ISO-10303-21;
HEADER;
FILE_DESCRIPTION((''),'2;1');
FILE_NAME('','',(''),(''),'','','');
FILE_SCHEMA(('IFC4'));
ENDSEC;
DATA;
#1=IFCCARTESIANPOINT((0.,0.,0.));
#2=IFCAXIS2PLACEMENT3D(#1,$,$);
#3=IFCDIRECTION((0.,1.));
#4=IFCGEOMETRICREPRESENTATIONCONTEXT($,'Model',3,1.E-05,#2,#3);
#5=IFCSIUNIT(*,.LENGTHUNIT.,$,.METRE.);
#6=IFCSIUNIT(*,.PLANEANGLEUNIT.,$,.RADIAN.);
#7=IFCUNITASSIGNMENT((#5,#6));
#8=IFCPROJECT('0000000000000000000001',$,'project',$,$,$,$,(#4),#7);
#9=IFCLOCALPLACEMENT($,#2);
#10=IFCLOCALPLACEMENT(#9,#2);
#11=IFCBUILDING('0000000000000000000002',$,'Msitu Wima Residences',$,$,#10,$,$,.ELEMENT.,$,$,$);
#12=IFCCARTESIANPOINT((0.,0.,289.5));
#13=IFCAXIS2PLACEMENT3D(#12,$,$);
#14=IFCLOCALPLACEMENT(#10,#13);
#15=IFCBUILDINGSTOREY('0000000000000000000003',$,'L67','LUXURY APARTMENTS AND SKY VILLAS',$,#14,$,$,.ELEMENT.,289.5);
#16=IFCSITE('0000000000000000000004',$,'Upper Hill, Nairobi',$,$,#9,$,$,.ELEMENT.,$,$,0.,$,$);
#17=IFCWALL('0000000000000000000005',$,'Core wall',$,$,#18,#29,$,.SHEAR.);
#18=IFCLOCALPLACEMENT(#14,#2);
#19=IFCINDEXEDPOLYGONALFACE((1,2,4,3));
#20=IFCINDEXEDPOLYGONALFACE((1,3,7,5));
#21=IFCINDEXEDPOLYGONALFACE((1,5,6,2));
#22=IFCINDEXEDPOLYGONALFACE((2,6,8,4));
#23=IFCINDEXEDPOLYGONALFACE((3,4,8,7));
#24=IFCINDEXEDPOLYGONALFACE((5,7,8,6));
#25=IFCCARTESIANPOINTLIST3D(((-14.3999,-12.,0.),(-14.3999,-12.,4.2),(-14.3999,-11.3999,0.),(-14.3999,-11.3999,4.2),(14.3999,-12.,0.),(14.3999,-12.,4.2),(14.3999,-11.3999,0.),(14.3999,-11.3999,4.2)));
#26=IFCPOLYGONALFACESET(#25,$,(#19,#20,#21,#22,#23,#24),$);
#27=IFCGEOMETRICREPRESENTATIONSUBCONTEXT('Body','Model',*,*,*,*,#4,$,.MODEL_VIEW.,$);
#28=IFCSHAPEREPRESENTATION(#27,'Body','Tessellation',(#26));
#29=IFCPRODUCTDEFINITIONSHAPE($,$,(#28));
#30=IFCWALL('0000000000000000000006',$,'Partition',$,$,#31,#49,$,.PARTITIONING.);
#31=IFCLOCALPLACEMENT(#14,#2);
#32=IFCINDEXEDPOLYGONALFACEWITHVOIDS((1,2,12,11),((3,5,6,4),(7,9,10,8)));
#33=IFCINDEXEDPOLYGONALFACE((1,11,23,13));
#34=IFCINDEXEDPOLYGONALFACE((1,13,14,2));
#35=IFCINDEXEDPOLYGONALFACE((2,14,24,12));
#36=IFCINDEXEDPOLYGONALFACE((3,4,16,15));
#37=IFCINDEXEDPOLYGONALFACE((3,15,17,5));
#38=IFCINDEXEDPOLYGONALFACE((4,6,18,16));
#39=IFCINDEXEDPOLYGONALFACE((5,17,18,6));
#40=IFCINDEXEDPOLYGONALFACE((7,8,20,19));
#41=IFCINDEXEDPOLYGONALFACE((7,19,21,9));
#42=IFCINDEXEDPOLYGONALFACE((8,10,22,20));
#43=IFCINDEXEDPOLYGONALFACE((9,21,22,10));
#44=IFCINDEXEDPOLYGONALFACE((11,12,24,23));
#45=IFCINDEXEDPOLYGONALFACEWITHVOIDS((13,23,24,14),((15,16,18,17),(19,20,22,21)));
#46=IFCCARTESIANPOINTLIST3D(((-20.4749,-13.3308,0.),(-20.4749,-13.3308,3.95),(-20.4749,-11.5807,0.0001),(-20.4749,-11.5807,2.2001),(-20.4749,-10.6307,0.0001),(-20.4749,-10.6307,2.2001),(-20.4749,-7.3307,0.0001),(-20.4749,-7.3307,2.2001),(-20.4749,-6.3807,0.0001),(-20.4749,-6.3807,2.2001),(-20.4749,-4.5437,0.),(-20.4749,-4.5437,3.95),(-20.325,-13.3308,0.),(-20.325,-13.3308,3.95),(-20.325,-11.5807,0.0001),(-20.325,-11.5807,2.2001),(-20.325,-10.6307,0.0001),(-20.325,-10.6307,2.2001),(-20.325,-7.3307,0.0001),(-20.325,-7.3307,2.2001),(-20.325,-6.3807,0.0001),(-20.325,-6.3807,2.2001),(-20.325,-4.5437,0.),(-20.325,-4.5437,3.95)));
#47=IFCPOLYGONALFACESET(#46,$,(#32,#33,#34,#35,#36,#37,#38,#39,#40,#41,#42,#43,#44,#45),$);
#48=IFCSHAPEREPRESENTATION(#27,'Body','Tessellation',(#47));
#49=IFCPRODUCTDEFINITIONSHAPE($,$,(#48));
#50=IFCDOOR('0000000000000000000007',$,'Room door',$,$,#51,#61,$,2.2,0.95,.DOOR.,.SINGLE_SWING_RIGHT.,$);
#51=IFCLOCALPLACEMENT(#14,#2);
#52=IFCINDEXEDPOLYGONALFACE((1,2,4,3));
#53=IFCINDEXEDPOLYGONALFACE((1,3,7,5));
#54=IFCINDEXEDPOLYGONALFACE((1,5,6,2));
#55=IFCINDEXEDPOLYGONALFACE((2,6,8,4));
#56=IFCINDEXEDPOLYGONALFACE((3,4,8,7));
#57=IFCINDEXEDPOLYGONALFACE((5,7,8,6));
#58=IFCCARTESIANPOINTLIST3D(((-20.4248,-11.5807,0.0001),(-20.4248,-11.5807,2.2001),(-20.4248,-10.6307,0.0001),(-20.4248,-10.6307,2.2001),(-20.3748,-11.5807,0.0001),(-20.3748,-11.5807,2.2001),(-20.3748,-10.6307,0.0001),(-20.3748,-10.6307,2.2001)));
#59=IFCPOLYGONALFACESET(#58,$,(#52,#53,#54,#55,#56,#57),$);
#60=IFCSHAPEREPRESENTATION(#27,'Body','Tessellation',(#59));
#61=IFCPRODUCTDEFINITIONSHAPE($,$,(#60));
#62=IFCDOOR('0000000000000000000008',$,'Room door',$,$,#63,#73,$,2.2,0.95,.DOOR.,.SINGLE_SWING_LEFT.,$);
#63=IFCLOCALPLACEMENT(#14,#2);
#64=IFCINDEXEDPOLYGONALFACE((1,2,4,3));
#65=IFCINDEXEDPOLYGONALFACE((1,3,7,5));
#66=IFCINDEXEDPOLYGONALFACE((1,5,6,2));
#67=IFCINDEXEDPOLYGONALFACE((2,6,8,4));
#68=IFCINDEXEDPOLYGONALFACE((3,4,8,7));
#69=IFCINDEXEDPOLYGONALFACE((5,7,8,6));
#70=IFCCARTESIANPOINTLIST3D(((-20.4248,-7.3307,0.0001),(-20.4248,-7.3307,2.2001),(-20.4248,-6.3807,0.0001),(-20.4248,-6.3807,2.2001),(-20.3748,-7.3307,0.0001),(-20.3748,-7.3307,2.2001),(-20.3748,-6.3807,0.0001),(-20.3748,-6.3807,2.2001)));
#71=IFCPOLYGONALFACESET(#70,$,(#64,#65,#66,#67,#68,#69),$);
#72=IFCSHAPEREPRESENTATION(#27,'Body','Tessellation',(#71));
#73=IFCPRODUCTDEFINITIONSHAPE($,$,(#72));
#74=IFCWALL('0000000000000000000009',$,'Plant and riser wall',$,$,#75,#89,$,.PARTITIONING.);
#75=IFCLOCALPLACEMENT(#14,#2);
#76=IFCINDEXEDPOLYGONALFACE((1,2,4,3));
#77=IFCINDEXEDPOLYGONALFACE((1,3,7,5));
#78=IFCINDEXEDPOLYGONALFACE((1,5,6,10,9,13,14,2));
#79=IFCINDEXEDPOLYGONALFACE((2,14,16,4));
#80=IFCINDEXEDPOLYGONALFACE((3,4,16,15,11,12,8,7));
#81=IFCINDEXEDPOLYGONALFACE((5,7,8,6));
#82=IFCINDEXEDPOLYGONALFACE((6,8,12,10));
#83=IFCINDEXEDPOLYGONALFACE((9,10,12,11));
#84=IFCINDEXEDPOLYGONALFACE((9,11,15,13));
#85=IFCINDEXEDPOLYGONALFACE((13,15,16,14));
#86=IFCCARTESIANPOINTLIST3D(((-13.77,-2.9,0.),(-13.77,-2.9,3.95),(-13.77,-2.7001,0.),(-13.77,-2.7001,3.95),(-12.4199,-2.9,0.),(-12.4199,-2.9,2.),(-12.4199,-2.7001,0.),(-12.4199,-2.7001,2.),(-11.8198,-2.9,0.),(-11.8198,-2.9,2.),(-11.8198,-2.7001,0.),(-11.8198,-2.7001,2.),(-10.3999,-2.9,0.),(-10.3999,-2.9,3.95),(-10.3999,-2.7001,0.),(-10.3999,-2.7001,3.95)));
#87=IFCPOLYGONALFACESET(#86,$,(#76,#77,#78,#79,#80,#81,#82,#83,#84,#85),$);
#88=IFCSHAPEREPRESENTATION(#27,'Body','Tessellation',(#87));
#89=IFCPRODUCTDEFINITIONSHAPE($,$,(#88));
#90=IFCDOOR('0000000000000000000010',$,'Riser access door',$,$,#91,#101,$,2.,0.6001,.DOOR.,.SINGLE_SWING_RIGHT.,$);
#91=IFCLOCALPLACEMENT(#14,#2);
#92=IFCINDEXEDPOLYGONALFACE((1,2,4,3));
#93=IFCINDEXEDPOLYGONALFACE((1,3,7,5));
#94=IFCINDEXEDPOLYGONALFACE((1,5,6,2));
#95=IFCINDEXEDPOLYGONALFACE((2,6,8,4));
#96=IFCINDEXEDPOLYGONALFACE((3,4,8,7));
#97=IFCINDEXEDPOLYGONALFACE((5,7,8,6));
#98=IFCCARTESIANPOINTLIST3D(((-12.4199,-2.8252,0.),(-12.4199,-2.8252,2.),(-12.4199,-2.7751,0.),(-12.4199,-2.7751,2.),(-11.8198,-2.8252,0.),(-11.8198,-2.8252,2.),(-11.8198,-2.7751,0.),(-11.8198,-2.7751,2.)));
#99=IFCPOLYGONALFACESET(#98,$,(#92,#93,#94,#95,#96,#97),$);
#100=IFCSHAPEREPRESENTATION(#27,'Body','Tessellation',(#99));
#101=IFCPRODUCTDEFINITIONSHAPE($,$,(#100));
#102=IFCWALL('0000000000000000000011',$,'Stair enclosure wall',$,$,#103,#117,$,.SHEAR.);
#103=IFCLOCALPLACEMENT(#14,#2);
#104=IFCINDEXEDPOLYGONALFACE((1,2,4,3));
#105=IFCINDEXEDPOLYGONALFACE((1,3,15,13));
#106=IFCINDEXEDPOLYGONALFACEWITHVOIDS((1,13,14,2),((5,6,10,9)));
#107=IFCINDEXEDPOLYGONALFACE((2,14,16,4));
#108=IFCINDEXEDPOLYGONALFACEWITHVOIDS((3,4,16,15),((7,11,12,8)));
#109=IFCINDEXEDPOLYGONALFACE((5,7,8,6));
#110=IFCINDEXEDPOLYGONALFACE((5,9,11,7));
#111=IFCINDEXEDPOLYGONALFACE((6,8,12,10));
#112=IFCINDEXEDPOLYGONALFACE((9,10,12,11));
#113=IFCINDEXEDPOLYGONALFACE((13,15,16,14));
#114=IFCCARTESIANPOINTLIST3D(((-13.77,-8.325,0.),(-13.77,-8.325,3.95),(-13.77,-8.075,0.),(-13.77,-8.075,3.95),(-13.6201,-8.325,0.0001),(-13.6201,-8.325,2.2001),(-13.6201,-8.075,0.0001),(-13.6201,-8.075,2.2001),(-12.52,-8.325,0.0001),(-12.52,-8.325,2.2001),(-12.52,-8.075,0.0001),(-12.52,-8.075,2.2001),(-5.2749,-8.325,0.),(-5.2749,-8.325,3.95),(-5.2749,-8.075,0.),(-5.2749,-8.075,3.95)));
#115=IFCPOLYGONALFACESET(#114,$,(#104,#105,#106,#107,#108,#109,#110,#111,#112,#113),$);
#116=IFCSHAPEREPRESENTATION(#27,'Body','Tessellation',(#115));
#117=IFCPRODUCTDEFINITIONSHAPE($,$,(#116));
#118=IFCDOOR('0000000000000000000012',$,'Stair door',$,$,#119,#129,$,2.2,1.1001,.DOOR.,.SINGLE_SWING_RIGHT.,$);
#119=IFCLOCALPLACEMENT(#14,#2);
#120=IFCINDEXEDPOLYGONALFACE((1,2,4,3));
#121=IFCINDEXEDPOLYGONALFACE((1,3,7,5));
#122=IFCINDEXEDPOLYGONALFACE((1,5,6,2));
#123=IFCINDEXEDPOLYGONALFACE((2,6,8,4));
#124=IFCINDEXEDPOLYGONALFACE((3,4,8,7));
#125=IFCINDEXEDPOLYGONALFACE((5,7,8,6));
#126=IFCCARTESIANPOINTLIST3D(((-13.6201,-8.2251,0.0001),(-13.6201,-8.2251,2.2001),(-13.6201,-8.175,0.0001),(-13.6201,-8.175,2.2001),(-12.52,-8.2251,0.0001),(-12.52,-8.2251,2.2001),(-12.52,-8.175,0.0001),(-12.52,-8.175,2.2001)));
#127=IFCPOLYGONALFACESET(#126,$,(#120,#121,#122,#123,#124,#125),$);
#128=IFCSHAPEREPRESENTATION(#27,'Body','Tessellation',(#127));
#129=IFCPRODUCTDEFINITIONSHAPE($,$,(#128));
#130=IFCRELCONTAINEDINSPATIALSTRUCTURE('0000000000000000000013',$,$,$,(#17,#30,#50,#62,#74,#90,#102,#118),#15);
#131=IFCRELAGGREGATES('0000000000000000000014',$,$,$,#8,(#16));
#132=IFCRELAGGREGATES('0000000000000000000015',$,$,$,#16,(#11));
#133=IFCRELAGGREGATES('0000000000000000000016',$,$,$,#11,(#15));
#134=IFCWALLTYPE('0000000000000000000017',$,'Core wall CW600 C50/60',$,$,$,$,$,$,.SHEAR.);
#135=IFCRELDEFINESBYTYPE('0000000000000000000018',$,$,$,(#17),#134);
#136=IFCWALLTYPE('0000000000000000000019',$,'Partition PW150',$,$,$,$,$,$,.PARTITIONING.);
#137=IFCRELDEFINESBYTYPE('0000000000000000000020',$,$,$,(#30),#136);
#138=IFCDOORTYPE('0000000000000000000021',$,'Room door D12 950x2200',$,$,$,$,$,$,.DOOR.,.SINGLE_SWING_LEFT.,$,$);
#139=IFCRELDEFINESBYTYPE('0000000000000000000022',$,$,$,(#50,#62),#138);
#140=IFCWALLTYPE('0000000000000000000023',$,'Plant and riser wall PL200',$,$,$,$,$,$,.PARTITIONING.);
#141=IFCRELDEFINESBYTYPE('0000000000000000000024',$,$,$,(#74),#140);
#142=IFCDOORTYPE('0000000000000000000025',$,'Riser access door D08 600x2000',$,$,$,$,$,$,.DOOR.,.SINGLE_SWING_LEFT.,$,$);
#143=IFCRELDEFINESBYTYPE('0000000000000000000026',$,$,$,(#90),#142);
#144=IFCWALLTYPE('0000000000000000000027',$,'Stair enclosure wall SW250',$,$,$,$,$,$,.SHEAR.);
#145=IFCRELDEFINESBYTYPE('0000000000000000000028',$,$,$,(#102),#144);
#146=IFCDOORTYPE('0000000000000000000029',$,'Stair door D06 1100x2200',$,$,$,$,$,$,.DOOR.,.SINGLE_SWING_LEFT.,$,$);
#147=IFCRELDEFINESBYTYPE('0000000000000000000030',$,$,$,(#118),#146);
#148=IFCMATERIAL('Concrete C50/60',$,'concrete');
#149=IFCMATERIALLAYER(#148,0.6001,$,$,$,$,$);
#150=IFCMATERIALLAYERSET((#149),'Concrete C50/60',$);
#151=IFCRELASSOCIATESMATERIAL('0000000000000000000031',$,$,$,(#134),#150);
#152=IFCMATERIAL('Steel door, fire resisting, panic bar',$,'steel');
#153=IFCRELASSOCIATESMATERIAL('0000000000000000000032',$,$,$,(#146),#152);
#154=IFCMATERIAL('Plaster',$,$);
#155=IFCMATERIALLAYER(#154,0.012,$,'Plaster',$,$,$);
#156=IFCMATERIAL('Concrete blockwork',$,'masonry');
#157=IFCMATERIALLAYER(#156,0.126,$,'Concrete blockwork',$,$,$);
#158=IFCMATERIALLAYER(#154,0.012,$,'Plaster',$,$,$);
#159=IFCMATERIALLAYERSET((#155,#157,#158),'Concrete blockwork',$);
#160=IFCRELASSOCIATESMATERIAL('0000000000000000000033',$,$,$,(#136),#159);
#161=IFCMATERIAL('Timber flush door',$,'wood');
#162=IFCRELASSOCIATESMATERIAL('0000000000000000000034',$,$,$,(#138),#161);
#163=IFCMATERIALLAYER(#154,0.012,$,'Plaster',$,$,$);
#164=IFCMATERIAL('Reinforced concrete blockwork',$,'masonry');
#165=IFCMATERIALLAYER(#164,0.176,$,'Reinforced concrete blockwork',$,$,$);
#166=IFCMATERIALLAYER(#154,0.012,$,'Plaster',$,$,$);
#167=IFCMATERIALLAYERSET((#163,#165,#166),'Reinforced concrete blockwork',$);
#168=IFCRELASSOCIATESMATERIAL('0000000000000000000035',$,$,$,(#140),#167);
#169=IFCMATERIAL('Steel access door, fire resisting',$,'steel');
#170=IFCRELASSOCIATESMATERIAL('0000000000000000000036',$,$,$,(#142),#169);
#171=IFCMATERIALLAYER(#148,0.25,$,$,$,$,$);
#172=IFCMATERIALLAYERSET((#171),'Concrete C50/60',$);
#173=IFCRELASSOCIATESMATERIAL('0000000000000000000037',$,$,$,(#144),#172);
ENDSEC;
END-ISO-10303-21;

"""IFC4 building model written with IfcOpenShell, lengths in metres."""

from ifc_helpers import new_model, si_unit, direction, frame, frame_2d, origin, place, context, subcontext, project, spatial, rectangle, extrude, material, layer, layer_set, type_object, element, fill, save


model = new_model("IFC4")

# Units and contexts
model_context = context("Model", 3, precision=1e-05, world=origin(), true_north=direction((0.0, 1.0)))
body_context = subcontext(model_context, "Body", "Model", "MODEL_VIEW")
ifc_project = project(units=[si_unit("LENGTHUNIT", "METRE"), si_unit("PLANEANGLEUNIT", "RADIAN")], contexts=[model_context])

# Site, building, storey
site_placement = place(None, origin())
site = spatial("IfcSite", under=ifc_project, at=site_placement, Name="Upper Hill, Nairobi", CompositionType="ELEMENT", RefElevation=0.0)
building_placement = place(site_placement, origin())
building = spatial("IfcBuilding", under=site, at=building_placement, Name="Msitu Wima Residences", CompositionType="ELEMENT")
storey_placement = place(building_placement, frame((0.0, 0.0, 289.5)))
storey = spatial("IfcBuildingStorey", under=building, at=storey_placement, Name="L67", Description="LUXURY APARTMENTS AND SKY VILLAS", CompositionType="ELEMENT", Elevation=289.5)

# Wall
ifc_material_1 = material(Name="Concrete C50/60", Category="concrete")
ifc_layer_1 = layer(ifc_material_1, 0.6001)
ifc_layer_set_1 = layer_set([ifc_layer_1], Name="Concrete C50/60")
wall_type_1 = type_object("IfcWallType", Name="Core wall CW600 C50/60", PredefinedType="SHEAR", material=ifc_layer_set_1)
wall_1_placement = place(storey_placement, frame((-14.3999, -11.7, 0.0), z_axis=(0.0, 0.0, 1.0), x_axis=(1.0, 0.0, 0.0)))
element("IfcWall", 1, at=wall_1_placement, inside=storey, type_object=wall_type_1, Name="Core wall", PredefinedType="SHEAR", context=body_context, shape_type="SweptSolid", body=[
    extrude(rectangle(XDim=28.7998, YDim=0.6001, at=frame_2d((14.3999, 0.0))), origin(), (0.0, 0.0, 1.0), 4.2),
])

# Wall, openings, doors
ifc_material_2 = material(Name="Steel door, fire resisting, panic bar", Category="steel")
door_type_1 = type_object("IfcDoorType", Name="Stair door D06 1100x2200", OperationType="SINGLE_SWING_LEFT", PredefinedType="DOOR", material=ifc_material_2)
ifc_material_3 = material(Name="Plaster")
ifc_layer_2 = layer(ifc_material_3, 0.012, Name="Plaster")
ifc_material_4 = material(Name="Concrete blockwork", Category="masonry")
ifc_layer_3 = layer(ifc_material_4, 0.126, Name="Concrete blockwork")
ifc_layer_4 = layer(ifc_material_3, 0.012, Name="Plaster")
ifc_layer_set_2 = layer_set([ifc_layer_2, ifc_layer_3, ifc_layer_4], Name="Concrete blockwork")
wall_type_2 = type_object("IfcWallType", Name="Partition PW150", PredefinedType="PARTITIONING", material=ifc_layer_set_2)
wall_2_placement = place(storey_placement, frame((-20.3999, -13.3308, 0.0), z_axis=(0.0, 0.0, 1.0), x_axis=(0.0, 1.0, 0.0)))
wall_2 = element("IfcWall", 2, at=wall_2_placement, inside=storey, type_object=wall_type_2, Name="Partition", PredefinedType="PARTITIONING", context=body_context, shape_type="SweptSolid", body=[
    extrude(rectangle(XDim=8.7871, YDim=0.1499, at=frame_2d((4.3936, 0.0))), origin(), (0.0, 0.0, 1.0), 3.95),
])
opening_1_placement = place(wall_2_placement, frame((1.75, 0.0, 0.0)))
opening_1 = element("IfcOpeningElement", 3, at=opening_1_placement, cuts=wall_2, PredefinedType="OPENING", context=body_context, shape_type="SweptSolid", body=[
    extrude(rectangle(XDim=0.95, YDim=2.2, at=frame_2d((0.4751, 1.1001))), frame((0.0, 0.085, 0.0), z_axis=(0.0, -1.0, 0.0), x_axis=(1.0, 0.0, 0.0)), (0.0, 0.0, 1.0), 0.1699),
])
opening_2_placement = place(wall_2_placement, frame((6.0, 0.0, 0.0)))
opening_2 = element("IfcOpeningElement", 4, at=opening_2_placement, cuts=wall_2, PredefinedType="OPENING", context=body_context, shape_type="SweptSolid", body=[
    extrude(rectangle(XDim=0.95, YDim=2.2, at=frame_2d((0.4751, 1.1001))), frame((0.0, 0.085, 0.0), z_axis=(0.0, -1.0, 0.0), x_axis=(1.0, 0.0, 0.0)), (0.0, 0.0, 1.0), 0.1699),
])
ifc_material_5 = material(Name="Timber flush door", Category="wood")
door_type_2 = type_object("IfcDoorType", Name="Room door D12 950x2200", OperationType="SINGLE_SWING_LEFT", PredefinedType="DOOR", material=ifc_material_5)
door_1_placement = place(opening_1_placement, origin())
door_1 = element("IfcDoor", 5, at=door_1_placement, inside=storey, type_object=door_type_2, Name="Room door", OperationType="SINGLE_SWING_RIGHT", OverallHeight=2.2, OverallWidth=0.95, PredefinedType="DOOR", context=body_context, shape_type="SweptSolid", body=[
    extrude(rectangle(XDim=0.95, YDim=2.2, at=frame_2d((0.4751, 1.1001))), frame((0.0, 0.0249, 0.0), z_axis=(0.0, -1.0, 0.0), x_axis=(1.0, 0.0, 0.0)), (0.0, 0.0, 1.0), 0.05),
])
fill(opening_1, door_1)
door_2_placement = place(opening_2_placement, origin())
door_2 = element("IfcDoor", 6, at=door_2_placement, inside=storey, type_object=door_type_2, Name="Room door", OperationType="SINGLE_SWING_LEFT", OverallHeight=2.2, OverallWidth=0.95, PredefinedType="DOOR", context=body_context, shape_type="SweptSolid", body=[
    extrude(rectangle(XDim=0.95, YDim=2.2, at=frame_2d((0.4751, 1.1001))), frame((0.0, 0.0249, 0.0), z_axis=(0.0, -1.0, 0.0), x_axis=(1.0, 0.0, 0.0)), (0.0, 0.0, 1.0), 0.05),
])
fill(opening_2, door_2)

# Walls, openings, doors
ifc_layer_5 = layer(ifc_material_3, 0.012, Name="Plaster")
ifc_material_6 = material(Name="Reinforced concrete blockwork", Category="masonry")
ifc_layer_6 = layer(ifc_material_6, 0.176, Name="Reinforced concrete blockwork")
ifc_layer_7 = layer(ifc_material_3, 0.012, Name="Plaster")
ifc_layer_set_3 = layer_set([ifc_layer_5, ifc_layer_6, ifc_layer_7], Name="Reinforced concrete blockwork")
wall_type_3 = type_object("IfcWallType", Name="Plant and riser wall PL200", PredefinedType="PARTITIONING", material=ifc_layer_set_3)
wall_3_placement = place(storey_placement, frame((-13.77, -2.8, 0.0), z_axis=(0.0, 0.0, 1.0), x_axis=(1.0, 0.0, 0.0)))
wall_3 = element("IfcWall", 7, at=wall_3_placement, inside=storey, type_object=wall_type_3, Name="Plant and riser wall", PredefinedType="PARTITIONING", context=body_context, shape_type="SweptSolid", body=[
    extrude(rectangle(XDim=3.3701, YDim=0.2, at=frame_2d((1.6851, 0.0))), origin(), (0.0, 0.0, 1.0), 3.95),
])
opening_3_placement = place(wall_3_placement, frame((1.3501, 0.0, 0.0)))
opening_3 = element("IfcOpeningElement", 8, at=opening_3_placement, cuts=wall_3, PredefinedType="OPENING", context=body_context, shape_type="SweptSolid", body=[
    extrude(rectangle(XDim=0.6001, YDim=2.0, at=frame_2d((0.3, 1.0))), frame((0.0, 0.1099, 0.0), z_axis=(0.0, -1.0, 0.0), x_axis=(1.0, 0.0, 0.0)), (0.0, 0.0, 1.0), 0.22),
])
ifc_material_7 = material(Name="Steel access door, fire resisting", Category="steel")
door_type_3 = type_object("IfcDoorType", Name="Riser access door D08 600x2000", OperationType="SINGLE_SWING_LEFT", PredefinedType="DOOR", material=ifc_material_7)
door_3_placement = place(opening_3_placement, origin())
door_3 = element("IfcDoor", 9, at=door_3_placement, inside=storey, type_object=door_type_3, Name="Riser access door", OperationType="SINGLE_SWING_RIGHT", OverallHeight=2.0, OverallWidth=0.6001, PredefinedType="DOOR", context=body_context, shape_type="SweptSolid", body=[
    extrude(rectangle(XDim=0.6001, YDim=2.0, at=frame_2d((0.3, 1.0))), frame((0.0, 0.0249, 0.0), z_axis=(0.0, -1.0, 0.0), x_axis=(1.0, 0.0, 0.0)), (0.0, 0.0, 1.0), 0.05),
])
fill(opening_3, door_3)
ifc_layer_8 = layer(ifc_material_1, 0.25)
ifc_layer_set_4 = layer_set([ifc_layer_8], Name="Concrete C50/60")
wall_type_4 = type_object("IfcWallType", Name="Stair enclosure wall SW250", PredefinedType="SHEAR", material=ifc_layer_set_4)
wall_4_placement = place(storey_placement, frame((-13.77, -8.2, 0.0), z_axis=(0.0, 0.0, 1.0), x_axis=(1.0, 0.0, 0.0)))
wall_4 = element("IfcWall", 10, at=wall_4_placement, inside=storey, type_object=wall_type_4, Name="Stair enclosure wall", PredefinedType="SHEAR", context=body_context, shape_type="SweptSolid", body=[
    extrude(rectangle(XDim=8.4951, YDim=0.25, at=frame_2d((4.2476, 0.0))), origin(), (0.0, 0.0, 1.0), 3.95),
])
opening_4_placement = place(wall_4_placement, frame((0.1499, 0.0, 0.0)))
opening_4 = element("IfcOpeningElement", 11, at=opening_4_placement, cuts=wall_4, PredefinedType="OPENING", context=body_context, shape_type="SweptSolid", body=[
    extrude(rectangle(XDim=1.1001, YDim=2.2, at=frame_2d((0.55, 1.1001))), frame((0.0, 0.135, 0.0), z_axis=(0.0, -1.0, 0.0), x_axis=(1.0, 0.0, 0.0)), (0.0, 0.0, 1.0), 0.27),
])
door_4_placement = place(opening_4_placement, origin())
door_4 = element("IfcDoor", 12, at=door_4_placement, inside=storey, type_object=door_type_1, Name="Stair door", OperationType="SINGLE_SWING_RIGHT", OverallHeight=2.2, OverallWidth=1.1001, PredefinedType="DOOR", context=body_context, shape_type="SweptSolid", body=[
    extrude(rectangle(XDim=1.1001, YDim=2.2, at=frame_2d((0.55, 1.1001))), frame((0.0, 0.0249, 0.0), z_axis=(0.0, -1.0, 0.0), x_axis=(1.0, 0.0, 0.0)), (0.0, 0.0, 1.0), 0.05),
])
fill(opening_4, door_4)

save(model, "model.ifc")
